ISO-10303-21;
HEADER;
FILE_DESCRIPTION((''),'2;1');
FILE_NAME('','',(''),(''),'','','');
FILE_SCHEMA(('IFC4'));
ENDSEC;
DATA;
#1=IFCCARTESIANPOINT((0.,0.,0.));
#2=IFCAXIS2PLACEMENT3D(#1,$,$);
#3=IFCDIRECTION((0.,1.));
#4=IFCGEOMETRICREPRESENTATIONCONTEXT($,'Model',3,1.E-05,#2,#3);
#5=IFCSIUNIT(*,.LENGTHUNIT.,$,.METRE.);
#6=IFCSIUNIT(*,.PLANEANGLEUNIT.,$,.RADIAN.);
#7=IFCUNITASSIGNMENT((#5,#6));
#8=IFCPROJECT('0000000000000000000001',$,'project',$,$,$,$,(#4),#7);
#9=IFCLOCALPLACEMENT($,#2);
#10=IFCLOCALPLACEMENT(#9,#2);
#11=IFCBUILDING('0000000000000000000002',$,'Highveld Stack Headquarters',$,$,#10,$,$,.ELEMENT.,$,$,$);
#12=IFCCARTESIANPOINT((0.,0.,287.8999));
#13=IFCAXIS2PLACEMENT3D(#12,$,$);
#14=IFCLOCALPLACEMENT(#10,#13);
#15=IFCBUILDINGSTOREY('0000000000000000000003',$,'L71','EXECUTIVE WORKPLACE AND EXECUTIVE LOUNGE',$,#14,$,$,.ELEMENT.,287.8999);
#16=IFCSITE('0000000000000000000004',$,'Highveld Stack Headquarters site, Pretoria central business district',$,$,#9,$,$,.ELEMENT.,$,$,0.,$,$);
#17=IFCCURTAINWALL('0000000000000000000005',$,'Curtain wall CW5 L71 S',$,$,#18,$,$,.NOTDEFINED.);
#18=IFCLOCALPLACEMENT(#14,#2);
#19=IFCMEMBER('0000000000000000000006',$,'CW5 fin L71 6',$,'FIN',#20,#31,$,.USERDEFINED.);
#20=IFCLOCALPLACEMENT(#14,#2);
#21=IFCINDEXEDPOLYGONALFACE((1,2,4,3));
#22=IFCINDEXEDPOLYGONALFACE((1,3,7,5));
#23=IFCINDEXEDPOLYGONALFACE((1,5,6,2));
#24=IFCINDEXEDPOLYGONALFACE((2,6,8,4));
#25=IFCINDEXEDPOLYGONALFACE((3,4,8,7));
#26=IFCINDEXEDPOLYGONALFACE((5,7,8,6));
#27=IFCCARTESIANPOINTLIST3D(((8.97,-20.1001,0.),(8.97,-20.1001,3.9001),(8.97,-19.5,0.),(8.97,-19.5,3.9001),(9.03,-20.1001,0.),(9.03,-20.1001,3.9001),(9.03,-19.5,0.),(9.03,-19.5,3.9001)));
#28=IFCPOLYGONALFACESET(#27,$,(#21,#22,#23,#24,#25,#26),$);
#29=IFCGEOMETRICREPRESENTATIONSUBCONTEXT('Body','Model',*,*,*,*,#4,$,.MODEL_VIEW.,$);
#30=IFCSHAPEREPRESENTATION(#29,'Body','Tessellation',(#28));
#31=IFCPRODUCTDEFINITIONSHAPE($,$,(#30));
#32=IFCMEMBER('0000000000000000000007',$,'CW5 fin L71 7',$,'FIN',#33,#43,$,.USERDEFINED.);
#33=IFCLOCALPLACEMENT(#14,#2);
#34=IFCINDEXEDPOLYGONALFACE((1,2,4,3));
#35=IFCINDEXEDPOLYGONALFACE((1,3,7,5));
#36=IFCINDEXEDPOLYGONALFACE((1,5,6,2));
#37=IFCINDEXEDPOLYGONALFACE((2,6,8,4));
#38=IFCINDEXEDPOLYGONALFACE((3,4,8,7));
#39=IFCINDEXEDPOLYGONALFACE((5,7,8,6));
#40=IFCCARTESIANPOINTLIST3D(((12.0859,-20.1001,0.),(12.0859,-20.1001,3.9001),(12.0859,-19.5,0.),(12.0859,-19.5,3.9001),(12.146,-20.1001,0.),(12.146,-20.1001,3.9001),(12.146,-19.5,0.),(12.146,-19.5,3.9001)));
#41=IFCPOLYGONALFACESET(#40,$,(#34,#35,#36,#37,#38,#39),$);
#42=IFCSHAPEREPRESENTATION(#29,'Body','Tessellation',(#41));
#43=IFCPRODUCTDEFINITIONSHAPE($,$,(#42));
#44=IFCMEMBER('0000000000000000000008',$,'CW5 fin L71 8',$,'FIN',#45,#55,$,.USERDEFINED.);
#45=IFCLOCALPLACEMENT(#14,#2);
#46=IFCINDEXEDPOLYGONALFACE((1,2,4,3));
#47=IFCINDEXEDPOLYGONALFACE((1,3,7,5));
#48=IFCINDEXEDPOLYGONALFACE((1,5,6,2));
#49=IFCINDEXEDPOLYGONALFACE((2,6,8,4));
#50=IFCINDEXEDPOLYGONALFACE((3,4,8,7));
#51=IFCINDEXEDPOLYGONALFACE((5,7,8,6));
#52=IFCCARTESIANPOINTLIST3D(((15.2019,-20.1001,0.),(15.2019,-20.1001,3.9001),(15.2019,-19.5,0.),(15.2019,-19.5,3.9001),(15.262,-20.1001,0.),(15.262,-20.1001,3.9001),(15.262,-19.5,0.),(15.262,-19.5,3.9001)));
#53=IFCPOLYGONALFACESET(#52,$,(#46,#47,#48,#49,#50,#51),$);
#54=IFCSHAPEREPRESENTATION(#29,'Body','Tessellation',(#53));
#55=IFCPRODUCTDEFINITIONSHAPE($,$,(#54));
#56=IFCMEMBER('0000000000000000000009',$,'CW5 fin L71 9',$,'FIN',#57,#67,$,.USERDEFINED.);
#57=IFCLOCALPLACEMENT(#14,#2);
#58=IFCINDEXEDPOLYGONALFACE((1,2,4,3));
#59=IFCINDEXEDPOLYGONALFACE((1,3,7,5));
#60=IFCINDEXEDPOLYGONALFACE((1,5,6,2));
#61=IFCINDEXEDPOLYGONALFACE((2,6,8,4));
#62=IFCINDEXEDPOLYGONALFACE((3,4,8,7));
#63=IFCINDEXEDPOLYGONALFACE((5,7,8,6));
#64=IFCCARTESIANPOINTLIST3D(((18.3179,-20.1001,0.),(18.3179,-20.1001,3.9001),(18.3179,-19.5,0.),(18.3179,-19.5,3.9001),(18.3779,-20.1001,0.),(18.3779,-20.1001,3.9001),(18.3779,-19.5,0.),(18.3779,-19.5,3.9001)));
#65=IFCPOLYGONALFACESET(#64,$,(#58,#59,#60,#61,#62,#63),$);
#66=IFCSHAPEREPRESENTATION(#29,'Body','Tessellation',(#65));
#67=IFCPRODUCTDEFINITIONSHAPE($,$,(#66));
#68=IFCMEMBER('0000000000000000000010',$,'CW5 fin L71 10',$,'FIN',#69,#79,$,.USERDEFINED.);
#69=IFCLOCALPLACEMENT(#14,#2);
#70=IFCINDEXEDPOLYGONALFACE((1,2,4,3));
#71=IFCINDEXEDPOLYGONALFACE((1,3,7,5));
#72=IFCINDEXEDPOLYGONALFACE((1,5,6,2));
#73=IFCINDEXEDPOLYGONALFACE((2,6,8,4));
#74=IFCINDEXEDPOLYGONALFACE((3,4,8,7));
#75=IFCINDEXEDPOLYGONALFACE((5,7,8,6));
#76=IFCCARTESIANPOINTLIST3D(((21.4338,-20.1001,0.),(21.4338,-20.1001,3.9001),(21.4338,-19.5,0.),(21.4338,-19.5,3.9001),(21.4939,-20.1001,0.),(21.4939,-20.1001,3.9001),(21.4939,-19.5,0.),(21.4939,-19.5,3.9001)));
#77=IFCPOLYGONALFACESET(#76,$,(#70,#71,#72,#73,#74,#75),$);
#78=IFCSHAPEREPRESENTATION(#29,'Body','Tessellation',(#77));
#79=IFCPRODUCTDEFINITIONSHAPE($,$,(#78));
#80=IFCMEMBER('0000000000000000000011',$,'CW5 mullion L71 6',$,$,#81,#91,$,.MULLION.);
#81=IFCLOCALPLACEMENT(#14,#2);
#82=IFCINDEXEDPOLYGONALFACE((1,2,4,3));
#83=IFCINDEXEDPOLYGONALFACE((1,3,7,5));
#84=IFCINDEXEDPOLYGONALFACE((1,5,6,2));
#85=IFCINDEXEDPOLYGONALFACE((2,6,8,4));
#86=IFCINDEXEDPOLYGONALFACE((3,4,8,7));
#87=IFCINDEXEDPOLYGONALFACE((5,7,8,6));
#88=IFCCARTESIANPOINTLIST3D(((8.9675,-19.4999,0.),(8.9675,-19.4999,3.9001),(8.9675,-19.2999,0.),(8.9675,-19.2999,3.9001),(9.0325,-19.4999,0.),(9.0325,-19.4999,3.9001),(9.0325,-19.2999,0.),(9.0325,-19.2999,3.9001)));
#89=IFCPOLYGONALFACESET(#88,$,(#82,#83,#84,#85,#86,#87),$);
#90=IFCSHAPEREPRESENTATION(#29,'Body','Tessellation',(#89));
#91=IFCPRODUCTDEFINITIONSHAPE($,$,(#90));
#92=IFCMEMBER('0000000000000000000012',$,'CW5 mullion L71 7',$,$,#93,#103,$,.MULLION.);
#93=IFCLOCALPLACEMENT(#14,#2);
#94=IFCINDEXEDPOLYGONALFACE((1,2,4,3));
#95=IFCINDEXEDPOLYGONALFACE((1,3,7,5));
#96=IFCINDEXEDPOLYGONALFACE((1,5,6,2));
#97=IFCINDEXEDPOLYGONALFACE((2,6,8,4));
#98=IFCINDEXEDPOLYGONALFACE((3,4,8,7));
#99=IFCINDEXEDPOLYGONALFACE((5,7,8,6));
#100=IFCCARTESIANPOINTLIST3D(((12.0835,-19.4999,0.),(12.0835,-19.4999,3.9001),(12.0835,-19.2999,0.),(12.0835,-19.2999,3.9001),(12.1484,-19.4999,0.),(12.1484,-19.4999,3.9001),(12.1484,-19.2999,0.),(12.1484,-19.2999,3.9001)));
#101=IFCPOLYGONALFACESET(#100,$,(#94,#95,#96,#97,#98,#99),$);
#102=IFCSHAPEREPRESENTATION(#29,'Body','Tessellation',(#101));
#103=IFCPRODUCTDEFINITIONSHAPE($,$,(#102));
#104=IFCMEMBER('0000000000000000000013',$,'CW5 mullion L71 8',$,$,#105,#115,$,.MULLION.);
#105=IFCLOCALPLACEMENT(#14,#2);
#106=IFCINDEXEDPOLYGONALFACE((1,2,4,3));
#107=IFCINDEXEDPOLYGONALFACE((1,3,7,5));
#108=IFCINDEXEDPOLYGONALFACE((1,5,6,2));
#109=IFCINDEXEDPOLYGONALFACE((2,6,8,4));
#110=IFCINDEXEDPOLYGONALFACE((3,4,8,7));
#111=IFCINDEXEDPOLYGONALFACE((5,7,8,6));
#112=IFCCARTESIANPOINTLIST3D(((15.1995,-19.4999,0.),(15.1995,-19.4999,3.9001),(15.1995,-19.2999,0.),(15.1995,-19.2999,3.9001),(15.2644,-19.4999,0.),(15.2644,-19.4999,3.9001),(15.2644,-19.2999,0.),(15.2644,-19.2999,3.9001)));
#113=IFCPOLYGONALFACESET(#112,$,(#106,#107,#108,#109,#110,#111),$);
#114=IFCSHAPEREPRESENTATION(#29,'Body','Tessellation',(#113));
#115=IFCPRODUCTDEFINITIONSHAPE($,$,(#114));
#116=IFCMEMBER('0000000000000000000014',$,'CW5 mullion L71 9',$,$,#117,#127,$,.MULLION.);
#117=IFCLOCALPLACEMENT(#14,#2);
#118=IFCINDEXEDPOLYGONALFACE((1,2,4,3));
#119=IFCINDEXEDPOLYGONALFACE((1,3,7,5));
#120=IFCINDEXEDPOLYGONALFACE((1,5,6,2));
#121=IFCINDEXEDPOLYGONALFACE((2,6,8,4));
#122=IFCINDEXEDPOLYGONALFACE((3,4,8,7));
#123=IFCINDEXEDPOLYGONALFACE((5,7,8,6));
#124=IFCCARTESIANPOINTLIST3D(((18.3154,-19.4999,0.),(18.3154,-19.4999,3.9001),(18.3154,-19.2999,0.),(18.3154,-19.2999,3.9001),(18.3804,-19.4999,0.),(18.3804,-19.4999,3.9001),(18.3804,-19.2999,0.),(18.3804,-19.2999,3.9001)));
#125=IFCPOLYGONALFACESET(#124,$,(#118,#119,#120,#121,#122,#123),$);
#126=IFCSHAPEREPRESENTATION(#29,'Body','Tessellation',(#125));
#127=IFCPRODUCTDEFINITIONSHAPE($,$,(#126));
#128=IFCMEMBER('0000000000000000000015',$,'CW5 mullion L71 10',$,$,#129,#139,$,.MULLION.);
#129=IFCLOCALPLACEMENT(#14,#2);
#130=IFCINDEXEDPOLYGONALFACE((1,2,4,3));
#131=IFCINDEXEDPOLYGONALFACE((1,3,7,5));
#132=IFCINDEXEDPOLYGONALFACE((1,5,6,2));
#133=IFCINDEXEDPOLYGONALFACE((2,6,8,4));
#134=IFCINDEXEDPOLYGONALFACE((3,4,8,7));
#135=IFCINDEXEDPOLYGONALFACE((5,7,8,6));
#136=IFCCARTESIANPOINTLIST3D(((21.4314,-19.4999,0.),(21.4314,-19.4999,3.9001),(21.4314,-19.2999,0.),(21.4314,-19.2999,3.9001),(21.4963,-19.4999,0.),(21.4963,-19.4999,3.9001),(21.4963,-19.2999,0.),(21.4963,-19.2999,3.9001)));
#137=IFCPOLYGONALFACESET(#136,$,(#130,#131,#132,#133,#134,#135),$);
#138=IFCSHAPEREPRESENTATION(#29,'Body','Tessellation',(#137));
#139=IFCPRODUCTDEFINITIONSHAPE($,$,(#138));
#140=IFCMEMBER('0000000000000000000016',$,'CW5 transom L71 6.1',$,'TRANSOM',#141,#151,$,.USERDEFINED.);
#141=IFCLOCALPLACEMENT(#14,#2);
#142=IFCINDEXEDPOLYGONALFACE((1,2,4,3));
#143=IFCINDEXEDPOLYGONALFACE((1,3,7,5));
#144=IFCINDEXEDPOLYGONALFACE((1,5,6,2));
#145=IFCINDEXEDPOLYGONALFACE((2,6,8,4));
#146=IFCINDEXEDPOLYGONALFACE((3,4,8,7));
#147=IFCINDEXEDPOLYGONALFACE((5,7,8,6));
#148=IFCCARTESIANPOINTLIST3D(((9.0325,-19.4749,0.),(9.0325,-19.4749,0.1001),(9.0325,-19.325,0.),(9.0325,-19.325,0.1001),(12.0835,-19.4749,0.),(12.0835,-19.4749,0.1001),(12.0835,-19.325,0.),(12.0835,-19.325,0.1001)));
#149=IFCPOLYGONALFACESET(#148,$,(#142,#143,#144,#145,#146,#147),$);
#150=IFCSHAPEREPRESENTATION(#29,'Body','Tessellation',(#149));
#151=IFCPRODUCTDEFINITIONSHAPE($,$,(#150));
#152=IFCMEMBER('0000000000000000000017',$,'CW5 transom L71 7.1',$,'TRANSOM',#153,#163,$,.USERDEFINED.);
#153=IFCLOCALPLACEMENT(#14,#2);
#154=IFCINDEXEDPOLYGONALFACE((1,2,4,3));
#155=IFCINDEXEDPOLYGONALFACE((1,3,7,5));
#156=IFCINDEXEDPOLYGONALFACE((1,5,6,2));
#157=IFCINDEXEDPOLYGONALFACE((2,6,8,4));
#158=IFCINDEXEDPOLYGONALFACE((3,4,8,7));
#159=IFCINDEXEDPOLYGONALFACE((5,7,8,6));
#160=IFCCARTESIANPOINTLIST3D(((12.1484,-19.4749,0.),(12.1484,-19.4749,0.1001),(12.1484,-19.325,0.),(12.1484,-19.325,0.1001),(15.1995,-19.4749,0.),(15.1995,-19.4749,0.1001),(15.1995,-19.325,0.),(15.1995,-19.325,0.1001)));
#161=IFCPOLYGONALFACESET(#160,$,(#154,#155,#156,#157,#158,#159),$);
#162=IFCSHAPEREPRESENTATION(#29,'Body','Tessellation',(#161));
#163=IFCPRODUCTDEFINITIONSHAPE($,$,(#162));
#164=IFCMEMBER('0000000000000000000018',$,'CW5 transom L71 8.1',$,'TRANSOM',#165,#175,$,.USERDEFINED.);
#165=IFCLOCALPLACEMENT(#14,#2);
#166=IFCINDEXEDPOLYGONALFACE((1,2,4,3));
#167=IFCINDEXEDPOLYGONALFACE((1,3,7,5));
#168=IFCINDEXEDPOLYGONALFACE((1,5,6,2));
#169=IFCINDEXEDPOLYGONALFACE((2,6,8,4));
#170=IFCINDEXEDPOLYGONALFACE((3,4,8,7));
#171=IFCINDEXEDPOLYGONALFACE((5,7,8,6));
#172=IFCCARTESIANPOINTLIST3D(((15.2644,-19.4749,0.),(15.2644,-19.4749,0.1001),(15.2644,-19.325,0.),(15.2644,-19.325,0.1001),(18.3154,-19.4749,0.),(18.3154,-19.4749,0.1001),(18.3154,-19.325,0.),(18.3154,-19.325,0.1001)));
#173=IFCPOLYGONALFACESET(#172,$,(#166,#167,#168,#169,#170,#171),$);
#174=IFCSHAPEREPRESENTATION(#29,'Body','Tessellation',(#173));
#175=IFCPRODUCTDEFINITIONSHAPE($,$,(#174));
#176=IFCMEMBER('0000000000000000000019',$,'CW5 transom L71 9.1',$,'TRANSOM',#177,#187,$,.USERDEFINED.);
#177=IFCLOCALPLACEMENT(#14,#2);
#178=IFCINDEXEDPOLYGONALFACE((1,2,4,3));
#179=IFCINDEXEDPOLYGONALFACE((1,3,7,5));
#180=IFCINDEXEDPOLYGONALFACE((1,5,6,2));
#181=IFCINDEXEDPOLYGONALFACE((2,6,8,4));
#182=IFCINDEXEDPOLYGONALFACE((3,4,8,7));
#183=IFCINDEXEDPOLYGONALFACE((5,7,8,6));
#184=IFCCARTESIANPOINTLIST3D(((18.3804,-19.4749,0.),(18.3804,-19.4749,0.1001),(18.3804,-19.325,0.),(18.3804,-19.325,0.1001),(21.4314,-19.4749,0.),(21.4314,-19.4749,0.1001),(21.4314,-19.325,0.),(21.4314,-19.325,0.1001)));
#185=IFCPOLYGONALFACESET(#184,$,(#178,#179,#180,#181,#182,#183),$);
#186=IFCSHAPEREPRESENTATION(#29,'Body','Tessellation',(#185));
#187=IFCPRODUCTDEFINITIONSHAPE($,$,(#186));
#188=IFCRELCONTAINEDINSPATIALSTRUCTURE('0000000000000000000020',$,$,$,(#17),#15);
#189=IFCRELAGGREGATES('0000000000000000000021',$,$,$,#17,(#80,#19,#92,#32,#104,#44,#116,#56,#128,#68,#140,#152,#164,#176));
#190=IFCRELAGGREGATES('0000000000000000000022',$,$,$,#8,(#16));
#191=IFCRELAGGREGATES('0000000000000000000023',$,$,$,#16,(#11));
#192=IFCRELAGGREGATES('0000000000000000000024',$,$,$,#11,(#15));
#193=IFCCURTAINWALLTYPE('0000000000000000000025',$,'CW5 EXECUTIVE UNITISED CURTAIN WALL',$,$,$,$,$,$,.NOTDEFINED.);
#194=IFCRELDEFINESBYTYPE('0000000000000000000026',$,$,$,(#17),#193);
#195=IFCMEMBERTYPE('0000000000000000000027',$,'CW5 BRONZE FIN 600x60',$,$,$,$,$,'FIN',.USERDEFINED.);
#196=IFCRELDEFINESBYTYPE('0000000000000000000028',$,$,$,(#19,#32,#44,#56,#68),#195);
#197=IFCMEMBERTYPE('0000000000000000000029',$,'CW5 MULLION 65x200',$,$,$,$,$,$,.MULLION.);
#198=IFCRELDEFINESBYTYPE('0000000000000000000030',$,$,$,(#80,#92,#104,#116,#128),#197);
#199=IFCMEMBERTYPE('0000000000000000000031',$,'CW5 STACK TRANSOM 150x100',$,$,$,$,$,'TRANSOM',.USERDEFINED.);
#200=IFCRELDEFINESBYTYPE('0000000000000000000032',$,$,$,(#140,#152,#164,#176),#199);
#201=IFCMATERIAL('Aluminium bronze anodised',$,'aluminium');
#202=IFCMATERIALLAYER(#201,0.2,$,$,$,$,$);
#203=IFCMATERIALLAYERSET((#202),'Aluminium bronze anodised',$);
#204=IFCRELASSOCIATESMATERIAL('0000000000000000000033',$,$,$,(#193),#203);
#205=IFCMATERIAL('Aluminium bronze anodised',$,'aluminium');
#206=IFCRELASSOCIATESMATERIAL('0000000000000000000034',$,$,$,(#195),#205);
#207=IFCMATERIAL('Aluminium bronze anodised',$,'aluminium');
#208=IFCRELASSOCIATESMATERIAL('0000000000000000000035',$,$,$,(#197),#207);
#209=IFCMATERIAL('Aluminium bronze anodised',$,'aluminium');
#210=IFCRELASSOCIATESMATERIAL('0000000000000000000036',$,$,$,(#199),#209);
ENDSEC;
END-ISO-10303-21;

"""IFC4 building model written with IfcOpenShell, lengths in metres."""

from ifc_helpers import new_model, si_unit, direction, frame, origin, origin_2d, place, context, subcontext, project, spatial, rectangle, extrude, material, layer, layer_set, material_profile, profile_set, type_object, element, aggregate, save


model = new_model("IFC4")

# Units and contexts
model_context = context("Model", 3, precision=1e-05, world=origin(), true_north=direction((0.0, 1.0)))
body_context = subcontext(model_context, "Body", "Model", "MODEL_VIEW")
ifc_project = project(units=[si_unit("LENGTHUNIT", "METRE"), si_unit("PLANEANGLEUNIT", "RADIAN")], contexts=[model_context])

# Site, building, storey
site_placement = place(None, origin())
site = spatial("IfcSite", under=ifc_project, at=site_placement, Name="Highveld Stack Headquarters site, Pretoria central business district", CompositionType="ELEMENT", RefElevation=0.0)
building_placement = place(site_placement, origin())
building = spatial("IfcBuilding", under=site, at=building_placement, Name="Highveld Stack Headquarters", CompositionType="ELEMENT")
storey_placement = place(building_placement, frame((0.0, 0.0, 287.8999)))
storey = spatial("IfcBuildingStorey", under=building, at=storey_placement, Name="L71", Description="EXECUTIVE WORKPLACE AND EXECUTIVE LOUNGE", CompositionType="ELEMENT", Elevation=287.8999)

# Curtain wall, members
ifc_material_1 = material(Name="Aluminium bronze anodised", Category="aluminium")
ifc_layer_1 = layer(ifc_material_1, 0.2)
ifc_layer_set_1 = layer_set([ifc_layer_1], Name="Aluminium bronze anodised")
curtain_wall_type = type_object("IfcCurtainWallType", Name="CW5 EXECUTIVE UNITISED CURTAIN WALL", PredefinedType="NOTDEFINED", material=ifc_layer_set_1)
curtain_wall_placement = place(storey_placement, origin())
curtain_wall = element("IfcCurtainWall", 1, at=curtain_wall_placement, inside=storey, type_object=curtain_wall_type, Name="Curtain wall CW5 L71 S", PredefinedType="NOTDEFINED")
ifc_material_2 = material(Name="Aluminium bronze anodised", Category="aluminium")
ifc_material_profile_1 = material_profile(ifc_material_2, rectangle(XDim=0.6001, YDim=0.0601, at=origin_2d()), Name="FIN 600x60")
ifc_profile_set_1 = profile_set([ifc_material_profile_1], Name="Aluminium bronze anodised")
member_type_1 = type_object("IfcMemberType", Name="CW5 BRONZE FIN 600x60", ElementType="FIN", PredefinedType="USERDEFINED", material=ifc_profile_set_1)
member_1_placement = place(storey_placement, frame((9.0, -19.8, 0.0), z_axis=(0.0, 0.0, 1.0), x_axis=(0.0, 1.0, 0.0)))
member_1 = element("IfcMember", 2, at=member_1_placement, type_object=member_type_1, Name="CW5 fin L71 6", ObjectType="FIN", PredefinedType="USERDEFINED", context=body_context, shape_type="SweptSolid", body=[
    extrude(rectangle(XDim=0.6001, YDim=0.0601, at=origin_2d()), origin(), (0.0, 0.0, 1.0), 3.9001),
])
member_2_placement = place(storey_placement, frame((12.116, -19.8, 0.0), z_axis=(0.0, 0.0, 1.0), x_axis=(0.0, 1.0, 0.0)))
member_2 = element("IfcMember", 3, at=member_2_placement, type_object=member_type_1, Name="CW5 fin L71 7", ObjectType="FIN", PredefinedType="USERDEFINED", context=body_context, shape_type="SweptSolid", body=[
    extrude(rectangle(XDim=0.6001, YDim=0.0601, at=origin_2d()), origin(), (0.0, 0.0, 1.0), 3.9001),
])
member_3_placement = place(storey_placement, frame((15.2319, -19.8, 0.0), z_axis=(0.0, 0.0, 1.0), x_axis=(0.0, 1.0, 0.0)))
member_3 = element("IfcMember", 4, at=member_3_placement, type_object=member_type_1, Name="CW5 fin L71 8", ObjectType="FIN", PredefinedType="USERDEFINED", context=body_context, shape_type="SweptSolid", body=[
    extrude(rectangle(XDim=0.6001, YDim=0.0601, at=origin_2d()), origin(), (0.0, 0.0, 1.0), 3.9001),
])
member_4_placement = place(storey_placement, frame((18.3479, -19.8, 0.0), z_axis=(0.0, 0.0, 1.0), x_axis=(0.0, 1.0, 0.0)))
member_4 = element("IfcMember", 5, at=member_4_placement, type_object=member_type_1, Name="CW5 fin L71 9", ObjectType="FIN", PredefinedType="USERDEFINED", context=body_context, shape_type="SweptSolid", body=[
    extrude(rectangle(XDim=0.6001, YDim=0.0601, at=origin_2d()), origin(), (0.0, 0.0, 1.0), 3.9001),
])
member_5_placement = place(storey_placement, frame((21.4639, -19.8, 0.0), z_axis=(0.0, 0.0, 1.0), x_axis=(0.0, 1.0, 0.0)))
member_5 = element("IfcMember", 6, at=member_5_placement, type_object=member_type_1, Name="CW5 fin L71 10", ObjectType="FIN", PredefinedType="USERDEFINED", context=body_context, shape_type="SweptSolid", body=[
    extrude(rectangle(XDim=0.6001, YDim=0.0601, at=origin_2d()), origin(), (0.0, 0.0, 1.0), 3.9001),
])
ifc_material_3 = material(Name="Aluminium bronze anodised", Category="aluminium")
ifc_material_profile_2 = material_profile(ifc_material_3, rectangle(XDim=0.2, YDim=0.0649, at=origin_2d()), Name="CW5 MULLION 65x200")
ifc_profile_set_2 = profile_set([ifc_material_profile_2], Name="Aluminium bronze anodised")
member_type_2 = type_object("IfcMemberType", Name="CW5 MULLION 65x200", PredefinedType="MULLION", material=ifc_profile_set_2)
member_6_placement = place(storey_placement, frame((9.0, -19.3999, 0.0), z_axis=(0.0, 0.0, 1.0), x_axis=(0.0, 1.0, 0.0)))
member_6 = element("IfcMember", 7, at=member_6_placement, type_object=member_type_2, Name="CW5 mullion L71 6", PredefinedType="MULLION", context=body_context, shape_type="SweptSolid", body=[
    extrude(rectangle(XDim=0.2, YDim=0.0649, at=origin_2d()), origin(), (0.0, 0.0, 1.0), 3.9001),
])
member_7_placement = place(storey_placement, frame((12.116, -19.3999, 0.0), z_axis=(0.0, 0.0, 1.0), x_axis=(0.0, 1.0, 0.0)))
member_7 = element("IfcMember", 8, at=member_7_placement, type_object=member_type_2, Name="CW5 mullion L71 7", PredefinedType="MULLION", context=body_context, shape_type="SweptSolid", body=[
    extrude(rectangle(XDim=0.2, YDim=0.0649, at=origin_2d()), origin(), (0.0, 0.0, 1.0), 3.9001),
])
member_8_placement = place(storey_placement, frame((15.2319, -19.3999, 0.0), z_axis=(0.0, 0.0, 1.0), x_axis=(0.0, 1.0, 0.0)))
member_8 = element("IfcMember", 9, at=member_8_placement, type_object=member_type_2, Name="CW5 mullion L71 8", PredefinedType="MULLION", context=body_context, shape_type="SweptSolid", body=[
    extrude(rectangle(XDim=0.2, YDim=0.0649, at=origin_2d()), origin(), (0.0, 0.0, 1.0), 3.9001),
])
member_9_placement = place(storey_placement, frame((18.3479, -19.3999, 0.0), z_axis=(0.0, 0.0, 1.0), x_axis=(0.0, 1.0, 0.0)))
member_9 = element("IfcMember", 10, at=member_9_placement, type_object=member_type_2, Name="CW5 mullion L71 9", PredefinedType="MULLION", context=body_context, shape_type="SweptSolid", body=[
    extrude(rectangle(XDim=0.2, YDim=0.0649, at=origin_2d()), origin(), (0.0, 0.0, 1.0), 3.9001),
])
member_10_placement = place(storey_placement, frame((21.4639, -19.3999, 0.0), z_axis=(0.0, 0.0, 1.0), x_axis=(0.0, 1.0, 0.0)))
member_10 = element("IfcMember", 11, at=member_10_placement, type_object=member_type_2, Name="CW5 mullion L71 10", PredefinedType="MULLION", context=body_context, shape_type="SweptSolid", body=[
    extrude(rectangle(XDim=0.2, YDim=0.0649, at=origin_2d()), origin(), (0.0, 0.0, 1.0), 3.9001),
])
ifc_material_4 = material(Name="Aluminium bronze anodised", Category="aluminium")
ifc_material_profile_3 = material_profile(ifc_material_4, rectangle(XDim=0.1499, YDim=0.1001, at=origin_2d()), Name="CW5 TRANSOM 150x100")
ifc_profile_set_3 = profile_set([ifc_material_profile_3], Name="Aluminium bronze anodised")
member_type_3 = type_object("IfcMemberType", Name="CW5 STACK TRANSOM 150x100", ElementType="TRANSOM", PredefinedType="USERDEFINED", material=ifc_profile_set_3)
member_11_placement = place(storey_placement, frame((9.0325, -19.3999, 0.05), z_axis=(1.0, 0.0, 0.0), x_axis=(0.0, 1.0, 0.0)))
member_11 = element("IfcMember", 12, at=member_11_placement, type_object=member_type_3, Name="CW5 transom L71 6.1", ObjectType="TRANSOM", PredefinedType="USERDEFINED", context=body_context, shape_type="SweptSolid", body=[
    extrude(rectangle(XDim=0.1499, YDim=0.1001, at=origin_2d()), origin(), (0.0, 0.0, 1.0), 3.051),
])
member_12_placement = place(storey_placement, frame((12.1484, -19.3999, 0.05), z_axis=(1.0, 0.0, 0.0), x_axis=(0.0, 1.0, 0.0)))
member_12 = element("IfcMember", 13, at=member_12_placement, type_object=member_type_3, Name="CW5 transom L71 7.1", ObjectType="TRANSOM", PredefinedType="USERDEFINED", context=body_context, shape_type="SweptSolid", body=[
    extrude(rectangle(XDim=0.1499, YDim=0.1001, at=origin_2d()), origin(), (0.0, 0.0, 1.0), 3.051),
])
member_13_placement = place(storey_placement, frame((15.2644, -19.3999, 0.05), z_axis=(1.0, 0.0, 0.0), x_axis=(0.0, 1.0, 0.0)))
member_13 = element("IfcMember", 14, at=member_13_placement, type_object=member_type_3, Name="CW5 transom L71 8.1", ObjectType="TRANSOM", PredefinedType="USERDEFINED", context=body_context, shape_type="SweptSolid", body=[
    extrude(rectangle(XDim=0.1499, YDim=0.1001, at=origin_2d()), origin(), (0.0, 0.0, 1.0), 3.051),
])
member_14_placement = place(storey_placement, frame((18.3804, -19.3999, 0.05), z_axis=(1.0, 0.0, 0.0), x_axis=(0.0, 1.0, 0.0)))
member_14 = element("IfcMember", 15, at=member_14_placement, type_object=member_type_3, Name="CW5 transom L71 9.1", ObjectType="TRANSOM", PredefinedType="USERDEFINED", context=body_context, shape_type="SweptSolid", body=[
    extrude(rectangle(XDim=0.1499, YDim=0.1001, at=origin_2d()), origin(), (0.0, 0.0, 1.0), 3.051),
])
aggregate(curtain_wall, [member_6, member_1, member_7, member_2, member_8, member_3, member_9, member_4, member_10, member_5, member_11, member_12, member_13, member_14])

save(model, "model.ifc")
